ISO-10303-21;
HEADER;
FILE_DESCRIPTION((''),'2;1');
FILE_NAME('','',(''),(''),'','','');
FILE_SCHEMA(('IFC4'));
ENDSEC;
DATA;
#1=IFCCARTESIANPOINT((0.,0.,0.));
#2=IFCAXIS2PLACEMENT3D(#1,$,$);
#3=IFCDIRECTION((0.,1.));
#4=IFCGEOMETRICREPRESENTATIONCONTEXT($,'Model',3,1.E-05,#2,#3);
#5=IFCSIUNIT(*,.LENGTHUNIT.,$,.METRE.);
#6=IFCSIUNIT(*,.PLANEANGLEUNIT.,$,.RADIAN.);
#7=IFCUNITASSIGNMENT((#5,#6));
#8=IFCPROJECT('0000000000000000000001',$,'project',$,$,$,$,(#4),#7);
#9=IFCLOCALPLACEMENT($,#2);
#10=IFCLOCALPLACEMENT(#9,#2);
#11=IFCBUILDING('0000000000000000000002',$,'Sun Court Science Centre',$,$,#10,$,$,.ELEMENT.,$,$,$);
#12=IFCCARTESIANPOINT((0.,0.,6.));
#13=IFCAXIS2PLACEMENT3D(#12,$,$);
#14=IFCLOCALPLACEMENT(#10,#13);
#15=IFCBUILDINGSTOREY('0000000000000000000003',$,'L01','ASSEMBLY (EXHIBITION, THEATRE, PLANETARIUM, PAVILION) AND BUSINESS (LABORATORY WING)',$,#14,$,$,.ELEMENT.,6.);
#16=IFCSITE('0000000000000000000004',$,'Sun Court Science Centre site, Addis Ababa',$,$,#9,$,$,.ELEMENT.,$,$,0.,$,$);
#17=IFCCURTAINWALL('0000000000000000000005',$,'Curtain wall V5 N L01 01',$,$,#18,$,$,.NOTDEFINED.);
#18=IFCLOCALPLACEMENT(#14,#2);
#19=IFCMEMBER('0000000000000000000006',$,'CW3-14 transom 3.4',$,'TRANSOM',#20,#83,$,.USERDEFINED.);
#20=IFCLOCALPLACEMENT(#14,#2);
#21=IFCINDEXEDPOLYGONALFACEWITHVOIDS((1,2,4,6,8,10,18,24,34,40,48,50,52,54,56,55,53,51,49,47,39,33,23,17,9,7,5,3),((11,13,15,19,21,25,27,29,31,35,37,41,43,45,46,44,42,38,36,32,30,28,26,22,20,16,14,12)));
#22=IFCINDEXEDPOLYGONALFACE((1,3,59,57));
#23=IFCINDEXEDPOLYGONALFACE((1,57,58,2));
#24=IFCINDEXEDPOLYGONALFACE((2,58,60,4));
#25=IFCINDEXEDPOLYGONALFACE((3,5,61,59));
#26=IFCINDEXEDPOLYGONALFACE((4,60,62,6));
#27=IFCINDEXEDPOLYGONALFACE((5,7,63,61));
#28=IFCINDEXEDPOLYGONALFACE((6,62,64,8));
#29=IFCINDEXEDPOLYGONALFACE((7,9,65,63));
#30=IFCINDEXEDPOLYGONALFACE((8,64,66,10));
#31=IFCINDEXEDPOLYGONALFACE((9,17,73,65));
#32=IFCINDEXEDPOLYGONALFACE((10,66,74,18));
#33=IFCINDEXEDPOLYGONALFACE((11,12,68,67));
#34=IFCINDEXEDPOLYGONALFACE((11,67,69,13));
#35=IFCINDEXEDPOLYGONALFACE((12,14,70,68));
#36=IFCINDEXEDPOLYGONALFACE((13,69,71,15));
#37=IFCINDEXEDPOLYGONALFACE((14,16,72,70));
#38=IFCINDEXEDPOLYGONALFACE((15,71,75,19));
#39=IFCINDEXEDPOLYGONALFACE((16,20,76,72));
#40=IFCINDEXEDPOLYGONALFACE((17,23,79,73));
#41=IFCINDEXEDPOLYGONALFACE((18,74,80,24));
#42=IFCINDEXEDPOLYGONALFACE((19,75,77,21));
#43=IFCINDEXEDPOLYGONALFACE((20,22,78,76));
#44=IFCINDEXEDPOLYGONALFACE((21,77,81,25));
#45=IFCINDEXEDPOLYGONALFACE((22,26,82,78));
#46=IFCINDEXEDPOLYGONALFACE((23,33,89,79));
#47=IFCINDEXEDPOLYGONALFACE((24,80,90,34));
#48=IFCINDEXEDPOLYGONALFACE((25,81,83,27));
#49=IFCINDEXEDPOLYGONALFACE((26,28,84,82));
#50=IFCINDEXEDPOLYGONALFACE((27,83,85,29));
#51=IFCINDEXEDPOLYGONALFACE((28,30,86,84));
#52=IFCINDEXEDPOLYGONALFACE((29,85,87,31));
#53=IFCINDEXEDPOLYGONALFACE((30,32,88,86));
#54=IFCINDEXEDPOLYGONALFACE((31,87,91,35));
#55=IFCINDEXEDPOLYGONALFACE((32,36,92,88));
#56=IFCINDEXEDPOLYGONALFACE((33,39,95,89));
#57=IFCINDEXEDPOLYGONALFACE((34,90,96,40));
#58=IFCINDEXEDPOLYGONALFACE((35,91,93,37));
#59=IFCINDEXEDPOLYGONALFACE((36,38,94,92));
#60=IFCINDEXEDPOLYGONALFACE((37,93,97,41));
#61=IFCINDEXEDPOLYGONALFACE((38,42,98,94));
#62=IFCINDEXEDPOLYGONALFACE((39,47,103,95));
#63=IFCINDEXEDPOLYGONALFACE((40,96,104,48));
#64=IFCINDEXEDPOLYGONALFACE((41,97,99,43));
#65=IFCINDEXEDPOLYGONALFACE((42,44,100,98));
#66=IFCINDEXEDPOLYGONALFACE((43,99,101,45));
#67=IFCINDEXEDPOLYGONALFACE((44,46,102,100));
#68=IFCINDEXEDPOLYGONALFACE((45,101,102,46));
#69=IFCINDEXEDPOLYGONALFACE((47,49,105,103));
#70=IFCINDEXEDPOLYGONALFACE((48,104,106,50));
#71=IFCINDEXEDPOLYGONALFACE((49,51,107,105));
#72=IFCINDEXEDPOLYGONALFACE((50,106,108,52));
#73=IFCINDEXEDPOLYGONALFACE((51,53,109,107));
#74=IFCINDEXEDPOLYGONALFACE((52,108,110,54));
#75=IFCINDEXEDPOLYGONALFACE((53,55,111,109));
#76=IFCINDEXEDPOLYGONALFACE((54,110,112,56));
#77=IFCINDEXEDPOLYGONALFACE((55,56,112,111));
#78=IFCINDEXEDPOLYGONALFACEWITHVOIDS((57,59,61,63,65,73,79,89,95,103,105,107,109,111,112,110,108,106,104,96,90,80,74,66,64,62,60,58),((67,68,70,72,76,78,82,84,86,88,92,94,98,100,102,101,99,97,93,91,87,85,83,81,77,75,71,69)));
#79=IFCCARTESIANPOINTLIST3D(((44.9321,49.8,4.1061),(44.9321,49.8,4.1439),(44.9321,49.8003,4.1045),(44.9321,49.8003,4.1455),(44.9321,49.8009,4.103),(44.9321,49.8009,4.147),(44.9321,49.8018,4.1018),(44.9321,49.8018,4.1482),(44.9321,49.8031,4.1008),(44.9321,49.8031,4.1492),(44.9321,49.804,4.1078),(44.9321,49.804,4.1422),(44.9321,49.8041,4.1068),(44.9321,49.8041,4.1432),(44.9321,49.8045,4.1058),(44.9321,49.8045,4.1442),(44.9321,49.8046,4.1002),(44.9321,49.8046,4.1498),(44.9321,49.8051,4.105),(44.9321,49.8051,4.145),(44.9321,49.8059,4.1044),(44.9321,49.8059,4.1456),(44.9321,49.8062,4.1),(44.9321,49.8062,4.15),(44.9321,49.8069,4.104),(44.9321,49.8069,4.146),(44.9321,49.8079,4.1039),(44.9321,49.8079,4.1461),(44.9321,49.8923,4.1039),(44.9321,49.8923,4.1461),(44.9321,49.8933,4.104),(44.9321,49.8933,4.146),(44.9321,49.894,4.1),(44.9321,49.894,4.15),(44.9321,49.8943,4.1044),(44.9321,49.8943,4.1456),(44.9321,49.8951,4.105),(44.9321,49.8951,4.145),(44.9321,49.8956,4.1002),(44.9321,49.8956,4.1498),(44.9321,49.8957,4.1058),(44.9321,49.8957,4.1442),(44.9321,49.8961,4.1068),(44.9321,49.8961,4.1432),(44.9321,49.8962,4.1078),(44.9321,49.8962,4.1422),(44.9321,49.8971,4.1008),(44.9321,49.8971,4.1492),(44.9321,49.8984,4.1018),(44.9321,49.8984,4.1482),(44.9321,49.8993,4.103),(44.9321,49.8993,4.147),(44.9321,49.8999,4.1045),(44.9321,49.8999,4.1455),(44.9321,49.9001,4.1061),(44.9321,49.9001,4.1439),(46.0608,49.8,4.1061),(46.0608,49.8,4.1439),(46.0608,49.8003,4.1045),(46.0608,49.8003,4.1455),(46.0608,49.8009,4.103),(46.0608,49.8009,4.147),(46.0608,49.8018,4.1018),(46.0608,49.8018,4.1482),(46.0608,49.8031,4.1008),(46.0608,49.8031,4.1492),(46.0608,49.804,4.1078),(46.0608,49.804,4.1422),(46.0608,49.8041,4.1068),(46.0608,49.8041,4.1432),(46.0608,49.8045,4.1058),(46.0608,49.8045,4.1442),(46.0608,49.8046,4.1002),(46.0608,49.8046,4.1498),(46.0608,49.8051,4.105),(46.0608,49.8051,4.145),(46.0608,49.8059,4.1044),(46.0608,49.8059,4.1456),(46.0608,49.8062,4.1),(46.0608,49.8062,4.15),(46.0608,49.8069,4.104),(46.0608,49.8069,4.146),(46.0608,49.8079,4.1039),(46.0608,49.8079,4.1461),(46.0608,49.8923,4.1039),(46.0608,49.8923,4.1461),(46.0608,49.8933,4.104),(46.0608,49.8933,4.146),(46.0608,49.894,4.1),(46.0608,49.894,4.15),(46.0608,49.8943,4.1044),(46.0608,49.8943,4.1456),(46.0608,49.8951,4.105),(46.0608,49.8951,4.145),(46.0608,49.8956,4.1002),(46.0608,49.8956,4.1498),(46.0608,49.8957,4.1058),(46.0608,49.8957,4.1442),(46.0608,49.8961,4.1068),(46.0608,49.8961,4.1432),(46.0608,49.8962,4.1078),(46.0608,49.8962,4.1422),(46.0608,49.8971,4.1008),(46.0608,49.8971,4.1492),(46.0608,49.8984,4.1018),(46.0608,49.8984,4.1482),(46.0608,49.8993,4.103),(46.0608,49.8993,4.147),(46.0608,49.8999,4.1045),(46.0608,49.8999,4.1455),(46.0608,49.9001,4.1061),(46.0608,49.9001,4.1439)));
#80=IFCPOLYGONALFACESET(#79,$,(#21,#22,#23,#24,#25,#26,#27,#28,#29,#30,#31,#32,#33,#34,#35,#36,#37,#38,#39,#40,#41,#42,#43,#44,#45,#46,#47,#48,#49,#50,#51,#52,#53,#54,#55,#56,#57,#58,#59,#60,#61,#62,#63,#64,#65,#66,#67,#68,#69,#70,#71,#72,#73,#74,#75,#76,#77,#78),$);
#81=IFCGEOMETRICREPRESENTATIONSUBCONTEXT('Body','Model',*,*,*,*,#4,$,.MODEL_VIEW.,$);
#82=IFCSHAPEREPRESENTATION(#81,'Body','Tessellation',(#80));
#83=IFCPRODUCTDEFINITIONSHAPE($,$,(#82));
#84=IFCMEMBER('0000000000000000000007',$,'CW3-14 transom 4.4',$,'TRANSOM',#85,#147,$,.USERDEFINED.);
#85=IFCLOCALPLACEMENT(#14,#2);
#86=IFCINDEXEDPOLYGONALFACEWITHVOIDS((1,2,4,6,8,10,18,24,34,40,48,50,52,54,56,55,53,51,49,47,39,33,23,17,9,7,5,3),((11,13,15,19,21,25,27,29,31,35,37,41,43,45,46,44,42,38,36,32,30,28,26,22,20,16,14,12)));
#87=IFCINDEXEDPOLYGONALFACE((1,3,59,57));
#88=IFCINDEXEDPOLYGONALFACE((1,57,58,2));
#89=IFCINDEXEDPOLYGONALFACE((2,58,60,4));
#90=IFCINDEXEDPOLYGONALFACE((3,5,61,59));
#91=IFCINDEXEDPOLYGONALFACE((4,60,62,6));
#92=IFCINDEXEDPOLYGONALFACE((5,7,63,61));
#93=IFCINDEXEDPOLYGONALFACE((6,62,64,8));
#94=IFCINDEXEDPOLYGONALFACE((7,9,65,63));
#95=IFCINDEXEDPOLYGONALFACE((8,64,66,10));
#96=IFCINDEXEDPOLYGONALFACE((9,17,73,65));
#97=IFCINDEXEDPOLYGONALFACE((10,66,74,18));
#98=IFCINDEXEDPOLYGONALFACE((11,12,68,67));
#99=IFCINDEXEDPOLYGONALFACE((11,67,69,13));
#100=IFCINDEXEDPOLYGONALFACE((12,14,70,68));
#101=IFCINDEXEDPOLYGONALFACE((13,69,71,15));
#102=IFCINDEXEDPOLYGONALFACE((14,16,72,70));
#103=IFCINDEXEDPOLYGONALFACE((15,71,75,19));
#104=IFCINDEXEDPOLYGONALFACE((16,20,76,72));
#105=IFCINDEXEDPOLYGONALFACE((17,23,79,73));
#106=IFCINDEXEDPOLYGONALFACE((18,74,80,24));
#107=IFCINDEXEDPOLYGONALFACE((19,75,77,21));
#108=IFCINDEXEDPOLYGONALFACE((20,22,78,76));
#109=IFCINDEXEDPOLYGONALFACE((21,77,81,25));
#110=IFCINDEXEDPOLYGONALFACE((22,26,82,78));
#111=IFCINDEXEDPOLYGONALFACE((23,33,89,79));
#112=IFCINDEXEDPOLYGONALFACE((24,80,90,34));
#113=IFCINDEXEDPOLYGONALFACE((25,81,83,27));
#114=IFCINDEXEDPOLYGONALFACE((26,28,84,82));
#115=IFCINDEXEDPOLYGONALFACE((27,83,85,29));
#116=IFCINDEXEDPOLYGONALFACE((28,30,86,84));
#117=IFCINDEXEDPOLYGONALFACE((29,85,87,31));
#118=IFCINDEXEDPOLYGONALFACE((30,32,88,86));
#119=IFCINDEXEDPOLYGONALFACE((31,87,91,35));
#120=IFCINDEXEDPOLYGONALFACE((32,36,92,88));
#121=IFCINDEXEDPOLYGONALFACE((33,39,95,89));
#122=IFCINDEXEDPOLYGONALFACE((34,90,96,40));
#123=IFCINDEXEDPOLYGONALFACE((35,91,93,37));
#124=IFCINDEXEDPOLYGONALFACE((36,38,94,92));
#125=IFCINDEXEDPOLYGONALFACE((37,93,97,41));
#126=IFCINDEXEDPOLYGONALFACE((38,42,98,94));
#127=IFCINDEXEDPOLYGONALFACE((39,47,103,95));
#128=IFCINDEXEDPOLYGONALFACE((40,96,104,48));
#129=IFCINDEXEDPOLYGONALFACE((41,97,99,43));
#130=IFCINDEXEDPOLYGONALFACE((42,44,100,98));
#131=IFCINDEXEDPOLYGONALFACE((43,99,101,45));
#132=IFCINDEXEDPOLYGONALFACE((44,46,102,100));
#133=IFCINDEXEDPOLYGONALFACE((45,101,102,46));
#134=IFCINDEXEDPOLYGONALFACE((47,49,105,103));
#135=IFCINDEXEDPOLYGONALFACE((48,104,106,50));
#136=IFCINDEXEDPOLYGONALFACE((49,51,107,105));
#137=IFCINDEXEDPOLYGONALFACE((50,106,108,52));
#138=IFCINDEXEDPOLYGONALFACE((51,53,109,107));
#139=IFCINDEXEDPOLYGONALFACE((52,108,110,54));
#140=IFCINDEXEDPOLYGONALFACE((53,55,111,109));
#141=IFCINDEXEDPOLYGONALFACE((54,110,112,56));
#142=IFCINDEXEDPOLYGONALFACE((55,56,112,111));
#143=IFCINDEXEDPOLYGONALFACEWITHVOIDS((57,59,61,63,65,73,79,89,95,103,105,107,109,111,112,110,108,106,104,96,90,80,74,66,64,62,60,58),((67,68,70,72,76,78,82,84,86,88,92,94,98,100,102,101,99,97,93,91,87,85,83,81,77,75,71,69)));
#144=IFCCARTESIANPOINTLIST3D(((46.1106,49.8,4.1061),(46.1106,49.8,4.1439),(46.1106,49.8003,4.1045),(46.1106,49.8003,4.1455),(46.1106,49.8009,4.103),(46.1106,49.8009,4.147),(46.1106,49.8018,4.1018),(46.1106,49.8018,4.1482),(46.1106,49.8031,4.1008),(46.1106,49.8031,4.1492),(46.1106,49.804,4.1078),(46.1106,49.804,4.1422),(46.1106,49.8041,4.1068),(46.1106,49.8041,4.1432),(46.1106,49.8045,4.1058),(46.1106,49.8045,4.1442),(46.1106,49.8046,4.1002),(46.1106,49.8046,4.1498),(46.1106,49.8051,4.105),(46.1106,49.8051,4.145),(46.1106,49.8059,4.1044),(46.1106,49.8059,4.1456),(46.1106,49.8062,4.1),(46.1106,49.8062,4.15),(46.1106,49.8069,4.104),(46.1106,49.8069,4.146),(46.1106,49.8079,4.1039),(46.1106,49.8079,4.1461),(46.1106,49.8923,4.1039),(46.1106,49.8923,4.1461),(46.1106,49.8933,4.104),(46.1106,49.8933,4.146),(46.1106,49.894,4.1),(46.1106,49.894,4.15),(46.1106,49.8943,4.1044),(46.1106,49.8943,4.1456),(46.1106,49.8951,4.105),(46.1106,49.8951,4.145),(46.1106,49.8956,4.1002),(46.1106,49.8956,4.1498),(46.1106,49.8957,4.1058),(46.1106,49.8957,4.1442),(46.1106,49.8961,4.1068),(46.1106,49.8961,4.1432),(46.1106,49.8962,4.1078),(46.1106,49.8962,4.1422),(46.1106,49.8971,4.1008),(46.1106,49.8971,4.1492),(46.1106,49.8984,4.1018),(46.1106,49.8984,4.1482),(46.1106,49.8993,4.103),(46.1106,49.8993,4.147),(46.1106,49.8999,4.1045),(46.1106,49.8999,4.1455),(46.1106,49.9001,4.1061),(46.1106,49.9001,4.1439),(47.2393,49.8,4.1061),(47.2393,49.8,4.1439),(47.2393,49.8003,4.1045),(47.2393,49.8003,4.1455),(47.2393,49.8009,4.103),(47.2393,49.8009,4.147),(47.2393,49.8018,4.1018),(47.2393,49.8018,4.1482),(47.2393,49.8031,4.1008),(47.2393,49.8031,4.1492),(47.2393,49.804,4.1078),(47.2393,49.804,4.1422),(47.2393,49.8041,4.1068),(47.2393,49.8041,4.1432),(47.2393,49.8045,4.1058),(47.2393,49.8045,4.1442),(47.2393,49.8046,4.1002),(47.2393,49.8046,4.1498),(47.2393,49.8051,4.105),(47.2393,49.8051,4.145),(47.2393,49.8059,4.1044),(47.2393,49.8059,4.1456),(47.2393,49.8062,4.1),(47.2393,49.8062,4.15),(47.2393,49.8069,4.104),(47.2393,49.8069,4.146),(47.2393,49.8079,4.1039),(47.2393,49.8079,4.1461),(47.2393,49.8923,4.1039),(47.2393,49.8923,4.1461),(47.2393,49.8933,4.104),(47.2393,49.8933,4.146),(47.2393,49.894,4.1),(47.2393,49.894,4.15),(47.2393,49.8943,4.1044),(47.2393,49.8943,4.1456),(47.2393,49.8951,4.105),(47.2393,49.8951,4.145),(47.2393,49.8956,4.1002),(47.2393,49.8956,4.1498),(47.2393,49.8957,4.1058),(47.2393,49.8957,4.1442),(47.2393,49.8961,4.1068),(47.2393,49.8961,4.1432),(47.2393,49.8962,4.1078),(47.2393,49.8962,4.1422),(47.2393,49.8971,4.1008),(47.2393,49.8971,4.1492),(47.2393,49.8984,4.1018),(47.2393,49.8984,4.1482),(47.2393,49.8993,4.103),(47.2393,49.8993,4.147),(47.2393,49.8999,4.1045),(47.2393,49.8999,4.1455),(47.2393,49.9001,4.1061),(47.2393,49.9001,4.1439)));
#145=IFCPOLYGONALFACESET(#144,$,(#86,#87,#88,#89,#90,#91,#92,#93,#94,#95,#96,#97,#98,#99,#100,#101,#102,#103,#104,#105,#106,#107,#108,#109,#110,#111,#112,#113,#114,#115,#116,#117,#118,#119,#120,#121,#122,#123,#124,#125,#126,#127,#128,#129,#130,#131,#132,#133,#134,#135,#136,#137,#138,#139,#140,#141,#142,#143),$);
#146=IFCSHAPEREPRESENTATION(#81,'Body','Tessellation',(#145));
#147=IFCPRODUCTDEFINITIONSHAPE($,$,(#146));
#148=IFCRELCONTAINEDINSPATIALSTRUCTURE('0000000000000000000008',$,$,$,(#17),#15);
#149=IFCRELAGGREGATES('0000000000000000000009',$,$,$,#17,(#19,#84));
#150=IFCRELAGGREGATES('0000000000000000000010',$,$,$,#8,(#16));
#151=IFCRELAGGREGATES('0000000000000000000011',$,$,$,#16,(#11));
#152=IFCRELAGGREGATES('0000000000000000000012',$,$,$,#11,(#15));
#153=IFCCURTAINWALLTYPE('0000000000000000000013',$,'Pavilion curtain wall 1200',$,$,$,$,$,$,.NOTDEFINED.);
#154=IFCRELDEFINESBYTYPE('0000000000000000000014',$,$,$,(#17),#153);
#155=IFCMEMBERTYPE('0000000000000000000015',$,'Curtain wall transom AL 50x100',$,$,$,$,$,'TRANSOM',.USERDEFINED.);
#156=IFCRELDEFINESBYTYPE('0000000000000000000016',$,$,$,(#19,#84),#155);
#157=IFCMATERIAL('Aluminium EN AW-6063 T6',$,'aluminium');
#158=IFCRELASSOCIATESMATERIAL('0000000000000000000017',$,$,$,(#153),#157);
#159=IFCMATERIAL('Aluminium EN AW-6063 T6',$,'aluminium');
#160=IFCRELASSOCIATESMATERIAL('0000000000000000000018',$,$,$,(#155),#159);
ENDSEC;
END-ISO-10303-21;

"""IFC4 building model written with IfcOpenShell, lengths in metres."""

from ifc_helpers import new_model, si_unit, direction, frame, origin, origin_2d, place, context, subcontext, project, spatial, hollow_rectangle, extrude, material, material_profile, profile_set, type_object, element, aggregate, save


model = new_model("IFC4")

# Units and contexts
model_context = context("Model", 3, precision=1e-05, world=origin(), true_north=direction((0.0, 1.0)))
body_context = subcontext(model_context, "Body", "Model", "MODEL_VIEW")
ifc_project = project(units=[si_unit("LENGTHUNIT", "METRE"), si_unit("PLANEANGLEUNIT", "RADIAN")], contexts=[model_context])

# Site, building, storey
site_placement = place(None, origin())
site = spatial("IfcSite", under=ifc_project, at=site_placement, Name="Sun Court Science Centre site, Addis Ababa", CompositionType="ELEMENT", RefElevation=0.0)
building_placement = place(site_placement, origin())
building = spatial("IfcBuilding", under=site, at=building_placement, Name="Sun Court Science Centre", CompositionType="ELEMENT")
storey_placement = place(building_placement, frame((0.0, 0.0, 6.0)))
storey = spatial("IfcBuildingStorey", under=building, at=storey_placement, Name="L01", Description="ASSEMBLY (EXHIBITION, THEATRE, PLANETARIUM, PAVILION) AND BUSINESS (LABORATORY WING)", CompositionType="ELEMENT", Elevation=6.0)

# Curtain wall, members
ifc_material_1 = material(Name="Aluminium EN AW-6063 T6", Category="aluminium")
curtain_wall_type = type_object("IfcCurtainWallType", Name="Pavilion curtain wall 1200", PredefinedType="NOTDEFINED", material=ifc_material_1)
curtain_wall_placement = place(storey_placement, origin())
curtain_wall = element("IfcCurtainWall", 1, at=curtain_wall_placement, inside=storey, type_object=curtain_wall_type, Name="Curtain wall V5 N L01 01", PredefinedType="NOTDEFINED")
ifc_material_2 = material(Name="Aluminium EN AW-6063 T6", Category="aluminium")
ifc_material_profile_1 = material_profile(ifc_material_2, hollow_rectangle(XDim=0.05, YDim=0.1001, WallThickness=0.0039, InnerFilletRadius=0.0039, OuterFilletRadius=0.0061, at=origin_2d()), Name="AL 50x100x4")
ifc_profile_set_1 = profile_set([ifc_material_profile_1], Name="Aluminium EN AW-6063 T6")
member_type_1 = type_object("IfcMemberType", Name="Curtain wall transom AL 50x100", ElementType="TRANSOM", PredefinedType="USERDEFINED", material=ifc_profile_set_1)
member_1_placement = place(storey_placement, frame((44.9321, 49.8501, 4.125), z_axis=(1.0, 0.0, 0.0), x_axis=(0.0, 0.0, 1.0)))
member_1 = element("IfcMember", 2, at=member_1_placement, type_object=member_type_1, Name="CW3-14 transom 3.4", ObjectType="TRANSOM", PredefinedType="USERDEFINED", context=body_context, shape_type="SweptSolid", body=[
    extrude(hollow_rectangle(XDim=0.05, YDim=0.1001, WallThickness=0.0039, InnerFilletRadius=0.0039, OuterFilletRadius=0.0061, at=origin_2d()), origin(), (0.0, 0.0, 1.0), 1.1287),
])
member_2_placement = place(storey_placement, frame((46.1106, 49.8501, 4.125), z_axis=(1.0, 0.0, 0.0), x_axis=(0.0, 0.0, 1.0)))
member_2 = element("IfcMember", 3, at=member_2_placement, type_object=member_type_1, Name="CW3-14 transom 4.4", ObjectType="TRANSOM", PredefinedType="USERDEFINED", context=body_context, shape_type="SweptSolid", body=[
    extrude(hollow_rectangle(XDim=0.05, YDim=0.1001, WallThickness=0.0039, InnerFilletRadius=0.0039, OuterFilletRadius=0.0061, at=origin_2d()), origin(), (0.0, 0.0, 1.0), 1.1287),
])
aggregate(curtain_wall, [member_1, member_2])

save(model, "model.ifc")
